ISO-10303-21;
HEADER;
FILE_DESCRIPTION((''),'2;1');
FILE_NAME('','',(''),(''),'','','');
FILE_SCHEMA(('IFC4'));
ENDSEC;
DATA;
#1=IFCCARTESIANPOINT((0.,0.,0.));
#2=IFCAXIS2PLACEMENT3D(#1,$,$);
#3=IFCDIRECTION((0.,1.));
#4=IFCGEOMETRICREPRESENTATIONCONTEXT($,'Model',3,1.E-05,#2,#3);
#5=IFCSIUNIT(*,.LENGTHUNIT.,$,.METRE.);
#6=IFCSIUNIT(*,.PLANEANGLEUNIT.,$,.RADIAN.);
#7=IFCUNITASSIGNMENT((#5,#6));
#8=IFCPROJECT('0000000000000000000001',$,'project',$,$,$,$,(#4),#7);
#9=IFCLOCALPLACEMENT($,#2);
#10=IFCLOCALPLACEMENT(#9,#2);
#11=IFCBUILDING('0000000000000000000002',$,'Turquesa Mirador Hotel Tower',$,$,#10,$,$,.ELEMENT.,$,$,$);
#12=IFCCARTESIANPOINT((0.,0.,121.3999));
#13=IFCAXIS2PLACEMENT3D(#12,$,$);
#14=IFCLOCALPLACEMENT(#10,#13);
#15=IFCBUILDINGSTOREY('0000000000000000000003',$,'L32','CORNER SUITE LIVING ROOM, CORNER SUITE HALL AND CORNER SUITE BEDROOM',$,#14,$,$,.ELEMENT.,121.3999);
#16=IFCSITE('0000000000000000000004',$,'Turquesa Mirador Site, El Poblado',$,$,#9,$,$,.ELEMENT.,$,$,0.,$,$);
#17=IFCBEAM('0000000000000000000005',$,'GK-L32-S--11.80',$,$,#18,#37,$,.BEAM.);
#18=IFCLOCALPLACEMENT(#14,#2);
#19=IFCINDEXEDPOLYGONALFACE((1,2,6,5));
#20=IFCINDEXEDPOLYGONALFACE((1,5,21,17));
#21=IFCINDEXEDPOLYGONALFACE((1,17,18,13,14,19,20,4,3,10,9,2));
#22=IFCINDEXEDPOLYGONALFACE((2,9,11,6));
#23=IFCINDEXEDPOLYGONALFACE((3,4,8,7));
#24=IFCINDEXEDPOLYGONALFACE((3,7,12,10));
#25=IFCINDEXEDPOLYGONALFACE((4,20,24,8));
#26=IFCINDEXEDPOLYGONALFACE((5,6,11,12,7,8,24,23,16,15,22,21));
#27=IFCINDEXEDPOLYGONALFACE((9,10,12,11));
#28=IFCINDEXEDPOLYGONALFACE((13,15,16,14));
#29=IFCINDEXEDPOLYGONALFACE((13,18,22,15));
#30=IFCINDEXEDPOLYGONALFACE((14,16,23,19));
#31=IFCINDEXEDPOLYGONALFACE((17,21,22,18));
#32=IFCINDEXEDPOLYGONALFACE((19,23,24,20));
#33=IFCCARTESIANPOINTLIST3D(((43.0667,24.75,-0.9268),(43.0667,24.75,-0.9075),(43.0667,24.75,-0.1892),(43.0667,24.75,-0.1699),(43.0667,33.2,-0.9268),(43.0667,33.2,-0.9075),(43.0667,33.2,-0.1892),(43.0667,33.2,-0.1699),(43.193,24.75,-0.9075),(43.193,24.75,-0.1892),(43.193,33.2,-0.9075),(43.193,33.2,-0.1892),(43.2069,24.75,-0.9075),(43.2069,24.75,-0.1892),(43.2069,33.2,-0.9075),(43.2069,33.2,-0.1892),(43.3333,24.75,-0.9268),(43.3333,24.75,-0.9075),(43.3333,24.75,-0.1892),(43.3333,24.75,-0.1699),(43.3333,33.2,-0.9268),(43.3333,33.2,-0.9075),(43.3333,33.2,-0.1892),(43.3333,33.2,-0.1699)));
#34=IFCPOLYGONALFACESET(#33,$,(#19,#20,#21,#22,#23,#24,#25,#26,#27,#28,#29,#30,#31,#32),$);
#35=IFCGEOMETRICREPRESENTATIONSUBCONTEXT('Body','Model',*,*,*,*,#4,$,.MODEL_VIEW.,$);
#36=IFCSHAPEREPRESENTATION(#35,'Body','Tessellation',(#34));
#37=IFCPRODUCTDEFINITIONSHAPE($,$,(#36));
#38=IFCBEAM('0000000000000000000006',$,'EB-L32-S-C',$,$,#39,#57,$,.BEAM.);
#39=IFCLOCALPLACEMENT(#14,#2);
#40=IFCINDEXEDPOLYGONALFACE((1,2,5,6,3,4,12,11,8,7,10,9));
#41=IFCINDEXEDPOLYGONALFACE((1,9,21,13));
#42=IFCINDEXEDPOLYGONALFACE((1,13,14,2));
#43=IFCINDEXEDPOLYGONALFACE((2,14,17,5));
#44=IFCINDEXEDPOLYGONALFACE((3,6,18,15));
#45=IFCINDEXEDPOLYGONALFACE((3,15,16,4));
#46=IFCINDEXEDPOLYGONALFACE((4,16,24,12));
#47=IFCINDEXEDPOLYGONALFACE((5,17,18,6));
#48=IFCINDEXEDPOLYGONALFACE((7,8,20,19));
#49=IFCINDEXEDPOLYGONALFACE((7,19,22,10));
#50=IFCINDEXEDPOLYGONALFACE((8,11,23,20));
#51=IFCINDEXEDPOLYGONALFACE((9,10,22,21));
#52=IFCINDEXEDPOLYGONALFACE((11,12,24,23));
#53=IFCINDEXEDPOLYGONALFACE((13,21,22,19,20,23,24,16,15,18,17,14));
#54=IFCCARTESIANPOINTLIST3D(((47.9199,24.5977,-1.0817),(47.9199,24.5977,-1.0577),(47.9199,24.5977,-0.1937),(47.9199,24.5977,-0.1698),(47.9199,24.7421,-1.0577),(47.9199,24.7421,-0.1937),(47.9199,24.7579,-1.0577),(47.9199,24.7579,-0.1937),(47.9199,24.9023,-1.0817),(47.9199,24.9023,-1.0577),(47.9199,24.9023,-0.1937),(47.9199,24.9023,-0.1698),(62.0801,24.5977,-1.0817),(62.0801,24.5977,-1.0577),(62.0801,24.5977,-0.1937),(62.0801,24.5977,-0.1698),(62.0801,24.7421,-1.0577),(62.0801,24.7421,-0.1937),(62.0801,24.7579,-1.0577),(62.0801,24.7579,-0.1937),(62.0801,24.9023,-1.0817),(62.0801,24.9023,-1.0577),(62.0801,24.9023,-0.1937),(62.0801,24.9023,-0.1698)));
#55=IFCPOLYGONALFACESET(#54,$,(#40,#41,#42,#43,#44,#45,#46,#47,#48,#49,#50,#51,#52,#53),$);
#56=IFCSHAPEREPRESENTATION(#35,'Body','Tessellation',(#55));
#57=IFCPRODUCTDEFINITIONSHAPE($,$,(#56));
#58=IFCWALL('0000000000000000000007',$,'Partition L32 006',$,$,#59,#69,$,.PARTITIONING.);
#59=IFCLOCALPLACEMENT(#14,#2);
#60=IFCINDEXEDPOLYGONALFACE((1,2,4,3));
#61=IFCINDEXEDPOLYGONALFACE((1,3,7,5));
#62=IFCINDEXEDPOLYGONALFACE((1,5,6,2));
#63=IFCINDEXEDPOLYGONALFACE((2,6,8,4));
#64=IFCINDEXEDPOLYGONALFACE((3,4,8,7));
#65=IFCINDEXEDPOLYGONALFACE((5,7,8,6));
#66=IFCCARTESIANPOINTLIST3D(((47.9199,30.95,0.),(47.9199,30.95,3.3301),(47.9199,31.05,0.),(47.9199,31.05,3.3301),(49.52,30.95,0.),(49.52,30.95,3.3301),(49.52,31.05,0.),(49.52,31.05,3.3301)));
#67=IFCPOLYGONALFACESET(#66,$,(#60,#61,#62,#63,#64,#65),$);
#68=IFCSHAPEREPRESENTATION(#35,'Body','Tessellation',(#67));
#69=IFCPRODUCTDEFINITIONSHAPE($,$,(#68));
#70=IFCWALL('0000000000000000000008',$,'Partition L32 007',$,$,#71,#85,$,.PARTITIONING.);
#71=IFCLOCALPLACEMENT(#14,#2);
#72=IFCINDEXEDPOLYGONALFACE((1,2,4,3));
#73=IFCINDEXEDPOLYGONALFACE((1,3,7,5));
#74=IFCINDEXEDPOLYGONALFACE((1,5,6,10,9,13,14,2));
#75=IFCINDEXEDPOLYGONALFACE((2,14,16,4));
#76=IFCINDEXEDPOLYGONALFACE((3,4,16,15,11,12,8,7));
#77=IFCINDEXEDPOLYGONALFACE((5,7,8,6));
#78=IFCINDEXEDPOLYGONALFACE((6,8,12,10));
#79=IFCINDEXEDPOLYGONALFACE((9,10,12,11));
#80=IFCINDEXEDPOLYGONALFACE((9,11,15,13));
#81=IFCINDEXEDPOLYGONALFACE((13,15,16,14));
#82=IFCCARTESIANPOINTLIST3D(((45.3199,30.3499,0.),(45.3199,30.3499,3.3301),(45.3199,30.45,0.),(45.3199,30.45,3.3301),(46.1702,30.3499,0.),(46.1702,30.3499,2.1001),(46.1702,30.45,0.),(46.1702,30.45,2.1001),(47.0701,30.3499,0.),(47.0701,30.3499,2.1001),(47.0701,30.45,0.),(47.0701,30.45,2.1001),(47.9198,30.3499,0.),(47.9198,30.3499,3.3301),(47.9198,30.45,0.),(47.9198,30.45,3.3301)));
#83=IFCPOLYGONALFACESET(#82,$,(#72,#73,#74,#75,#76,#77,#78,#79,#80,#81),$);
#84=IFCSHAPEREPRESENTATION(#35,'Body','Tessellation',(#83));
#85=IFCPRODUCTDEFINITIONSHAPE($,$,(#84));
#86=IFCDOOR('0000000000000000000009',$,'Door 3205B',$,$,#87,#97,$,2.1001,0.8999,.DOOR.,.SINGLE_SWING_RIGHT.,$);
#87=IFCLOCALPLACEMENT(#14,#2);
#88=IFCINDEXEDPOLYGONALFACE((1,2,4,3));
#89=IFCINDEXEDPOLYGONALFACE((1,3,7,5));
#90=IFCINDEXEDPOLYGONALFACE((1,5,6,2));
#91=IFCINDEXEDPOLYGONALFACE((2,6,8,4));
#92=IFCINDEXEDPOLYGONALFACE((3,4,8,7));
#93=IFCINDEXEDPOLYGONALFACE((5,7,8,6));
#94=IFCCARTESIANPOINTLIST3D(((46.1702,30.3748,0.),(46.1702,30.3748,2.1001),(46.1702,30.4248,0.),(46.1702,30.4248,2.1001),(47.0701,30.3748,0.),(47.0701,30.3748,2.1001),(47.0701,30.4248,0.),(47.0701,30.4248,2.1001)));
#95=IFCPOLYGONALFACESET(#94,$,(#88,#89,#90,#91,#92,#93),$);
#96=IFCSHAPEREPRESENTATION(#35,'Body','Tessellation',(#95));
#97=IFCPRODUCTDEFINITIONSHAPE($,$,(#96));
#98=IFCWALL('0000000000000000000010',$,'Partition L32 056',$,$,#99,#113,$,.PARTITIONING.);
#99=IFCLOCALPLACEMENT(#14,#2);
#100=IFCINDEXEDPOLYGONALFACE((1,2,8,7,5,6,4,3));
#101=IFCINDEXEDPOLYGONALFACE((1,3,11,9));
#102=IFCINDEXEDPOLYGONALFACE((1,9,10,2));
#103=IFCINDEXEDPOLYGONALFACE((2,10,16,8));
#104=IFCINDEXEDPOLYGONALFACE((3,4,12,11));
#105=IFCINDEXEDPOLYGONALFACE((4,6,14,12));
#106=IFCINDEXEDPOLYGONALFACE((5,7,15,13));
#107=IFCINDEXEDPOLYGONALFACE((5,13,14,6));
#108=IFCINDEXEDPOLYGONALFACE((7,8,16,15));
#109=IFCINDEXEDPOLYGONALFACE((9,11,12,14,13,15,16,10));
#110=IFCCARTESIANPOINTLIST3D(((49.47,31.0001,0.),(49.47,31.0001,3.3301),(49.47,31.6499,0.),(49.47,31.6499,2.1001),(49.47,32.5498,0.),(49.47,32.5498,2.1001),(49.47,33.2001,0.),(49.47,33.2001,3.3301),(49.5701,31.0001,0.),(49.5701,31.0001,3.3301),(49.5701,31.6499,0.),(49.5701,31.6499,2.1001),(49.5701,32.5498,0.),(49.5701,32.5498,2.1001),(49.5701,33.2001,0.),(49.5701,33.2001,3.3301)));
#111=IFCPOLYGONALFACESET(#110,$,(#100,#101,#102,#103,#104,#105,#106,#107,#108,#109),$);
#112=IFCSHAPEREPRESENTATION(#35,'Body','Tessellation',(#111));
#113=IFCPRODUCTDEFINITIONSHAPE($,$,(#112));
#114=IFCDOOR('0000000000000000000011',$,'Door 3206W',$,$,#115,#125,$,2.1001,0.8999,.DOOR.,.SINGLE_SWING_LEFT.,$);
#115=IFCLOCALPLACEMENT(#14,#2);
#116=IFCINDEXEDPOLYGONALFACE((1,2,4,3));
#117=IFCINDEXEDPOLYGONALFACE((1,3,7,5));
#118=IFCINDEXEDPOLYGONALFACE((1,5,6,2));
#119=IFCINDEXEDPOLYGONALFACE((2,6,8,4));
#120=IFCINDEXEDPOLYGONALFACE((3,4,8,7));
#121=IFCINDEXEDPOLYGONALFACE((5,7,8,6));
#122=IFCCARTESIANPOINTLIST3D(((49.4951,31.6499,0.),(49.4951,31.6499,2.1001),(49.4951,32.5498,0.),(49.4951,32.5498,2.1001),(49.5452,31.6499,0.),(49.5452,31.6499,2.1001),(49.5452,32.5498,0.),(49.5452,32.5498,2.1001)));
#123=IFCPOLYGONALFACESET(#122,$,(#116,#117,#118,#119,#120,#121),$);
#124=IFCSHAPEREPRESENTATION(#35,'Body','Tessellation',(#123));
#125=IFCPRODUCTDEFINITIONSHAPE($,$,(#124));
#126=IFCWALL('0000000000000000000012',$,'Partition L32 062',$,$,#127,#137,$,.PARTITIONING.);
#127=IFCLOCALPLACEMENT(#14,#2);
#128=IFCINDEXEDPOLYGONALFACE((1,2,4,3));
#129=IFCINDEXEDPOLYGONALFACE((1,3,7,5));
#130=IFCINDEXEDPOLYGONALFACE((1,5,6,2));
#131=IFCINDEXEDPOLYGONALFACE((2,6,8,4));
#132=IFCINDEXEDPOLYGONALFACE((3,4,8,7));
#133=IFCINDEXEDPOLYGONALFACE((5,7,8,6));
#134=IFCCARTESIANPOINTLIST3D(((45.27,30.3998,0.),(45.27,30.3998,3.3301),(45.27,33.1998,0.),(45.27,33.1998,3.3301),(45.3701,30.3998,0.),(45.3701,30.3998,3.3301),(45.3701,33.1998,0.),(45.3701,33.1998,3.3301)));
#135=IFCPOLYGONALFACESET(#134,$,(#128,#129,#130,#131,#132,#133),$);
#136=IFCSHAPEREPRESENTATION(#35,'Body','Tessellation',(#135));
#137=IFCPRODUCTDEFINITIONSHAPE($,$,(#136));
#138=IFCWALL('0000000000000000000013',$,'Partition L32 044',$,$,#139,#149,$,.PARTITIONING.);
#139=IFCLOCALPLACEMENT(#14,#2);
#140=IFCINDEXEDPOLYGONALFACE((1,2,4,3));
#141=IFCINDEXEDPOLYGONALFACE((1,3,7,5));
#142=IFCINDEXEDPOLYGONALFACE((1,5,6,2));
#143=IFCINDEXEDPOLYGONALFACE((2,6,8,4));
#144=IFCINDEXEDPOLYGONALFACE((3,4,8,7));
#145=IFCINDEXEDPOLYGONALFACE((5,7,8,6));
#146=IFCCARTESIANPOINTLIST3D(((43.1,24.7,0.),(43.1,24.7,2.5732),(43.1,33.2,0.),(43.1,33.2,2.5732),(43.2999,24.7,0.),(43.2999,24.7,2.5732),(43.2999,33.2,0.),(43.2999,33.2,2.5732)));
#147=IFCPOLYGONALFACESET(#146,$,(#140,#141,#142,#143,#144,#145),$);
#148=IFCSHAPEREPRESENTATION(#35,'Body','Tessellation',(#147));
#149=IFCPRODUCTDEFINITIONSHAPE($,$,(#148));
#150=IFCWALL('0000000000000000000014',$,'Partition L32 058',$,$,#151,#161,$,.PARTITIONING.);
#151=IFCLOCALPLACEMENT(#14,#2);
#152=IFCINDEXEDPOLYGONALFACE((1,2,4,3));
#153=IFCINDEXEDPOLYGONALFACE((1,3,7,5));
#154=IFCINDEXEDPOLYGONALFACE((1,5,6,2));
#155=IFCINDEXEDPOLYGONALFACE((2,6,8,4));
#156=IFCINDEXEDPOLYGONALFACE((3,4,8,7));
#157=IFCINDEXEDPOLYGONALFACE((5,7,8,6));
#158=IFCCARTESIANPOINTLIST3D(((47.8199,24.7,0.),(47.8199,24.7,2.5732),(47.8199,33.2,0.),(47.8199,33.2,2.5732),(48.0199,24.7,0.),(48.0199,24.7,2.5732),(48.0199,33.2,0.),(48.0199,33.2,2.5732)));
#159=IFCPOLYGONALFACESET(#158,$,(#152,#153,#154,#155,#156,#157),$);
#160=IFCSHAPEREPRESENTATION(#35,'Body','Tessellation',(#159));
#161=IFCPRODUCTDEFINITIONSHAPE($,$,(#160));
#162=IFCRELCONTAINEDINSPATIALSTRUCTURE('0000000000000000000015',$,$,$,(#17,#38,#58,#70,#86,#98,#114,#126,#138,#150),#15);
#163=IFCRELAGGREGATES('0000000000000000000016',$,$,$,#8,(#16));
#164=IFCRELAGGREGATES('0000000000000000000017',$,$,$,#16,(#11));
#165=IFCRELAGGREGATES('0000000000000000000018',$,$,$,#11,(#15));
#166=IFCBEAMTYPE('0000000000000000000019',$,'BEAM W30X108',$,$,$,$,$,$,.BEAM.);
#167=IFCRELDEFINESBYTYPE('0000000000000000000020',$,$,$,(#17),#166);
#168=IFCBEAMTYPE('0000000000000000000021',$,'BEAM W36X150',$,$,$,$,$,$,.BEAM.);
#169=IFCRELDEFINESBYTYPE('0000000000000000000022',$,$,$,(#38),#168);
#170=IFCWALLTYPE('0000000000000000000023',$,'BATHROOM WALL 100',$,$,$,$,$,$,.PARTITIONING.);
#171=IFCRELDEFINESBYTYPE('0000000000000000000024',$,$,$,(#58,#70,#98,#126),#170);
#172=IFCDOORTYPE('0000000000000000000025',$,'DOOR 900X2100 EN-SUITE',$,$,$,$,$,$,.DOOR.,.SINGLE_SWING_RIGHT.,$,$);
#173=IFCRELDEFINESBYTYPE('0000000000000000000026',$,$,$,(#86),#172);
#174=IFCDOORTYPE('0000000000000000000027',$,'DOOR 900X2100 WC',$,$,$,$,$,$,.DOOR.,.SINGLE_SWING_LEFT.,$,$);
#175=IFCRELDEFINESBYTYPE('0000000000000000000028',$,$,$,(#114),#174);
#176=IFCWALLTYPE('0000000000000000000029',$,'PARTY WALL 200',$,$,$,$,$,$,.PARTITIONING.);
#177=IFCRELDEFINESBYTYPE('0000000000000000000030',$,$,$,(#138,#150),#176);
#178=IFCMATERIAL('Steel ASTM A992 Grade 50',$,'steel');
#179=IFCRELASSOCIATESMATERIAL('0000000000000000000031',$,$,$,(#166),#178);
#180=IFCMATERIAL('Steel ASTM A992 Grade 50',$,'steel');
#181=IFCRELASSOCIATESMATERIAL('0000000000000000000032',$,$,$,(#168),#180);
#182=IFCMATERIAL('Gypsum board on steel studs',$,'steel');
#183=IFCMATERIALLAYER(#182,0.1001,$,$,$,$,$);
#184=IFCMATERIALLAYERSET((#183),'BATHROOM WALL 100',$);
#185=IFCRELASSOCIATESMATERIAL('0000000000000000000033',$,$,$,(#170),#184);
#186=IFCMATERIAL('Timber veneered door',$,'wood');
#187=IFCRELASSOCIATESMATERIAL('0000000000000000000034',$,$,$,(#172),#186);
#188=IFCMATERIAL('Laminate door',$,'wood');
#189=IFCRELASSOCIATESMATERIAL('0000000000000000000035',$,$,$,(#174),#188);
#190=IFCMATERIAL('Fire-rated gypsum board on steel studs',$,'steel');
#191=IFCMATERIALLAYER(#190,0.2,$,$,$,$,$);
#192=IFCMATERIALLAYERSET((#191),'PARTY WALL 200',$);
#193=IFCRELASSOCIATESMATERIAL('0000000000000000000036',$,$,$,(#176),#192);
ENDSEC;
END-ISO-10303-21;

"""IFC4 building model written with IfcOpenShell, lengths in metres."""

from ifc_helpers import new_model, si_unit, direction, frame, frame_2d, origin, origin_2d, place, context, subcontext, project, spatial, rectangle, i_section, extrude, material, layer, layer_set, material_profile, profile_set, type_object, element, fill, save


model = new_model("IFC4")

# Units and contexts
model_context = context("Model", 3, precision=1e-05, world=origin(), true_north=direction((0.0, 1.0)))
body_context = subcontext(model_context, "Body", "Model", "MODEL_VIEW")
ifc_project = project(units=[si_unit("LENGTHUNIT", "METRE"), si_unit("PLANEANGLEUNIT", "RADIAN")], contexts=[model_context])

# Site, building, storey
site_placement = place(None, origin())
site = spatial("IfcSite", under=ifc_project, at=site_placement, Name="Turquesa Mirador Site, El Poblado", CompositionType="ELEMENT", RefElevation=0.0)
building_placement = place(site_placement, origin())
building = spatial("IfcBuilding", under=site, at=building_placement, Name="Turquesa Mirador Hotel Tower", CompositionType="ELEMENT")
storey_placement = place(building_placement, frame((0.0, 0.0, 121.3999)))
storey = spatial("IfcBuildingStorey", under=building, at=storey_placement, Name="L32", Description="CORNER SUITE LIVING ROOM, CORNER SUITE HALL AND CORNER SUITE BEDROOM", CompositionType="ELEMENT", Elevation=121.3999)

# Beams
ifc_material_1 = material(Name="Steel ASTM A992 Grade 50", Category="steel")
ifc_material_profile_1 = material_profile(ifc_material_1, i_section(OverallWidth=0.2666, OverallDepth=0.7568, WebThickness=0.0139, FlangeThickness=0.0193, at=origin_2d()), Name="W30X108")
ifc_profile_set_1 = profile_set([ifc_material_profile_1], Name="Steel ASTM A992 Grade 50")
beam_type_1 = type_object("IfcBeamType", Name="BEAM W30X108", PredefinedType="BEAM", material=ifc_profile_set_1)
beam_1_placement = place(storey_placement, frame((43.2, 24.75, -0.5483), z_axis=(0.0, 1.0, 0.0), x_axis=(-1.0, 0.0, 0.0)))
element("IfcBeam", 1, at=beam_1_placement, inside=storey, type_object=beam_type_1, Name="GK-L32-S--11.80", PredefinedType="BEAM", context=body_context, shape_type="SweptSolid", body=[
    extrude(i_section(OverallWidth=0.2666, OverallDepth=0.7568, WebThickness=0.0139, FlangeThickness=0.0193, at=origin_2d()), origin(), (0.0, 0.0, 1.0), 8.45),
])
ifc_material_2 = material(Name="Steel ASTM A992 Grade 50", Category="steel")
ifc_material_profile_2 = material_profile(ifc_material_2, i_section(OverallWidth=0.3047, OverallDepth=0.9119, WebThickness=0.0159, FlangeThickness=0.0239, at=origin_2d()), Name="W36X150")
ifc_profile_set_2 = profile_set([ifc_material_profile_2], Name="Steel ASTM A992 Grade 50")
beam_type_2 = type_object("IfcBeamType", Name="BEAM W36X150", PredefinedType="BEAM", material=ifc_profile_set_2)
beam_2_placement = place(storey_placement, frame((47.9199, 24.75, -0.6257), z_axis=(1.0, 0.0, 0.0), x_axis=(0.0, 1.0, 0.0)))
element("IfcBeam", 2, at=beam_2_placement, inside=storey, type_object=beam_type_2, Name="EB-L32-S-C", PredefinedType="BEAM", context=body_context, shape_type="SweptSolid", body=[
    extrude(i_section(OverallWidth=0.3047, OverallDepth=0.9119, WebThickness=0.0159, FlangeThickness=0.0239, at=origin_2d()), origin(), (0.0, 0.0, 1.0), 14.1602),
])

# Wall
ifc_material_3 = material(Name="Gypsum board on steel studs", Category="steel")
ifc_layer_1 = layer(ifc_material_3, 0.1001)
ifc_layer_set_1 = layer_set([ifc_layer_1], Name="BATHROOM WALL 100")
wall_type_1 = type_object("IfcWallType", Name="BATHROOM WALL 100", PredefinedType="PARTITIONING", material=ifc_layer_set_1)
wall_1_placement = place(storey_placement, frame((47.9199, 31.0, 0.0), z_axis=(0.0, 0.0, 1.0), x_axis=(1.0, 0.0, 0.0)))
element("IfcWall", 3, at=wall_1_placement, inside=storey, type_object=wall_type_1, Name="Partition L32 006", PredefinedType="PARTITIONING", context=body_context, shape_type="SweptSolid", body=[
    extrude(rectangle(XDim=1.6001, YDim=0.1001, at=frame_2d((0.8, 0.0))), origin(), (0.0, 0.0, 1.0), 3.3301),
])

# Walls, openings, doors
wall_2_placement = place(storey_placement, frame((45.3201, 30.3999, 0.0), z_axis=(0.0, 0.0, 1.0), x_axis=(1.0, 0.0, 0.0)))
wall_2 = element("IfcWall", 4, at=wall_2_placement, inside=storey, type_object=wall_type_1, Name="Partition L32 007", PredefinedType="PARTITIONING", context=body_context, shape_type="SweptSolid", body=[
    extrude(rectangle(XDim=2.5999, YDim=0.1001, at=frame_2d((1.2998, 0.0))), origin(), (0.0, 0.0, 1.0), 3.3301),
])
opening_1_placement = place(wall_2_placement, frame((0.8501, 0.0, 0.0)))
opening_1 = element("IfcOpeningElement", 5, at=opening_1_placement, cuts=wall_2, PredefinedType="OPENING", context=body_context, shape_type="SweptSolid", body=[
    extrude(rectangle(XDim=0.8999, YDim=2.1001, at=frame_2d((0.45, 1.05))), frame((0.0, 0.0601, 0.0), z_axis=(0.0, -1.0, 0.0), x_axis=(1.0, 0.0, 0.0)), (0.0, 0.0, 1.0), 0.1201),
])
ifc_material_4 = material(Name="Timber veneered door", Category="wood")
door_type_1 = type_object("IfcDoorType", Name="DOOR 900X2100 EN-SUITE", OperationType="SINGLE_SWING_RIGHT", PredefinedType="DOOR", material=ifc_material_4)
door_1_placement = place(opening_1_placement, origin())
door_1 = element("IfcDoor", 6, at=door_1_placement, inside=storey, type_object=door_type_1, Name="Door 3205B", OperationType="SINGLE_SWING_RIGHT", OverallHeight=2.1001, OverallWidth=0.8999, PredefinedType="DOOR", context=body_context, shape_type="SweptSolid", body=[
    extrude(rectangle(XDim=0.8999, YDim=2.1001, at=frame_2d((0.45, 1.05))), frame((0.0, 0.0249, 0.0), z_axis=(0.0, -1.0, 0.0), x_axis=(1.0, 0.0, 0.0)), (0.0, 0.0, 1.0), 0.05),
])
fill(opening_1, door_1)
wall_3_placement = place(storey_placement, frame((49.52, 31.0, 0.0), z_axis=(0.0, 0.0, 1.0), x_axis=(0.0, 1.0, 0.0)))
wall_3 = element("IfcWall", 7, at=wall_3_placement, inside=storey, type_object=wall_type_1, Name="Partition L32 056", PredefinedType="PARTITIONING", context=body_context, shape_type="SweptSolid", body=[
    extrude(rectangle(XDim=2.2, YDim=0.1001, at=frame_2d((1.1001, 0.0))), origin(), (0.0, 0.0, 1.0), 3.3301),
])
opening_2_placement = place(wall_3_placement, frame((0.6499, 0.0, 0.0)))
opening_2 = element("IfcOpeningElement", 8, at=opening_2_placement, cuts=wall_3, PredefinedType="OPENING", context=body_context, shape_type="SweptSolid", body=[
    extrude(rectangle(XDim=0.8999, YDim=2.1001, at=frame_2d((0.45, 1.05))), frame((0.0, 0.0601, 0.0), z_axis=(0.0, -1.0, 0.0), x_axis=(1.0, 0.0, 0.0)), (0.0, 0.0, 1.0), 0.1201),
])
ifc_material_5 = material(Name="Laminate door", Category="wood")
door_type_2 = type_object("IfcDoorType", Name="DOOR 900X2100 WC", OperationType="SINGLE_SWING_LEFT", PredefinedType="DOOR", material=ifc_material_5)
door_2_placement = place(opening_2_placement, origin())
door_2 = element("IfcDoor", 9, at=door_2_placement, inside=storey, type_object=door_type_2, Name="Door 3206W", OperationType="SINGLE_SWING_LEFT", OverallHeight=2.1001, OverallWidth=0.8999, PredefinedType="DOOR", context=body_context, shape_type="SweptSolid", body=[
    extrude(rectangle(XDim=0.8999, YDim=2.1001, at=frame_2d((0.45, 1.05))), frame((0.0, 0.0249, 0.0), z_axis=(0.0, -1.0, 0.0), x_axis=(1.0, 0.0, 0.0)), (0.0, 0.0, 1.0), 0.05),
])
fill(opening_2, door_2)

# Walls
wall_4_placement = place(storey_placement, frame((45.3201, 30.3999, 0.0), z_axis=(0.0, 0.0, 1.0), x_axis=(0.0, 1.0, 0.0)))
element("IfcWall", 10, at=wall_4_placement, inside=storey, type_object=wall_type_1, Name="Partition L32 062", PredefinedType="PARTITIONING", context=body_context, shape_type="SweptSolid", body=[
    extrude(rectangle(XDim=2.8, YDim=0.1001, at=frame_2d((1.3999, 0.0))), origin(), (0.0, 0.0, 1.0), 3.3301),
])
ifc_material_6 = material(Name="Fire-rated gypsum board on steel studs", Category="steel")
ifc_layer_2 = layer(ifc_material_6, 0.2)
ifc_layer_set_2 = layer_set([ifc_layer_2], Name="PARTY WALL 200")
wall_type_2 = type_object("IfcWallType", Name="PARTY WALL 200", PredefinedType="PARTITIONING", material=ifc_layer_set_2)
for number, where, z_axis, x_axis, name in (
    (11, (43.2, 24.7, 0.0), (0.0, 0.0, 1.0), (0.0, 1.0, 0.0), "Partition L32 044"),
    (12, (47.9199, 24.7, 0.0), (0.0, 0.0, 1.0), (0.0, 1.0, 0.0), "Partition L32 058"),
):
    element("IfcWall", number, at=place(storey_placement, frame(where, z_axis=z_axis, x_axis=x_axis)), inside=storey, type_object=wall_type_2, Name=name, PredefinedType="PARTITIONING", context=body_context, shape_type="SweptSolid", body=[
        extrude(rectangle(XDim=8.5, YDim=0.2, at=frame_2d((4.25, 0.0))), origin(), (0.0, 0.0, 1.0), 2.5732),
    ])

save(model, "model.ifc")
